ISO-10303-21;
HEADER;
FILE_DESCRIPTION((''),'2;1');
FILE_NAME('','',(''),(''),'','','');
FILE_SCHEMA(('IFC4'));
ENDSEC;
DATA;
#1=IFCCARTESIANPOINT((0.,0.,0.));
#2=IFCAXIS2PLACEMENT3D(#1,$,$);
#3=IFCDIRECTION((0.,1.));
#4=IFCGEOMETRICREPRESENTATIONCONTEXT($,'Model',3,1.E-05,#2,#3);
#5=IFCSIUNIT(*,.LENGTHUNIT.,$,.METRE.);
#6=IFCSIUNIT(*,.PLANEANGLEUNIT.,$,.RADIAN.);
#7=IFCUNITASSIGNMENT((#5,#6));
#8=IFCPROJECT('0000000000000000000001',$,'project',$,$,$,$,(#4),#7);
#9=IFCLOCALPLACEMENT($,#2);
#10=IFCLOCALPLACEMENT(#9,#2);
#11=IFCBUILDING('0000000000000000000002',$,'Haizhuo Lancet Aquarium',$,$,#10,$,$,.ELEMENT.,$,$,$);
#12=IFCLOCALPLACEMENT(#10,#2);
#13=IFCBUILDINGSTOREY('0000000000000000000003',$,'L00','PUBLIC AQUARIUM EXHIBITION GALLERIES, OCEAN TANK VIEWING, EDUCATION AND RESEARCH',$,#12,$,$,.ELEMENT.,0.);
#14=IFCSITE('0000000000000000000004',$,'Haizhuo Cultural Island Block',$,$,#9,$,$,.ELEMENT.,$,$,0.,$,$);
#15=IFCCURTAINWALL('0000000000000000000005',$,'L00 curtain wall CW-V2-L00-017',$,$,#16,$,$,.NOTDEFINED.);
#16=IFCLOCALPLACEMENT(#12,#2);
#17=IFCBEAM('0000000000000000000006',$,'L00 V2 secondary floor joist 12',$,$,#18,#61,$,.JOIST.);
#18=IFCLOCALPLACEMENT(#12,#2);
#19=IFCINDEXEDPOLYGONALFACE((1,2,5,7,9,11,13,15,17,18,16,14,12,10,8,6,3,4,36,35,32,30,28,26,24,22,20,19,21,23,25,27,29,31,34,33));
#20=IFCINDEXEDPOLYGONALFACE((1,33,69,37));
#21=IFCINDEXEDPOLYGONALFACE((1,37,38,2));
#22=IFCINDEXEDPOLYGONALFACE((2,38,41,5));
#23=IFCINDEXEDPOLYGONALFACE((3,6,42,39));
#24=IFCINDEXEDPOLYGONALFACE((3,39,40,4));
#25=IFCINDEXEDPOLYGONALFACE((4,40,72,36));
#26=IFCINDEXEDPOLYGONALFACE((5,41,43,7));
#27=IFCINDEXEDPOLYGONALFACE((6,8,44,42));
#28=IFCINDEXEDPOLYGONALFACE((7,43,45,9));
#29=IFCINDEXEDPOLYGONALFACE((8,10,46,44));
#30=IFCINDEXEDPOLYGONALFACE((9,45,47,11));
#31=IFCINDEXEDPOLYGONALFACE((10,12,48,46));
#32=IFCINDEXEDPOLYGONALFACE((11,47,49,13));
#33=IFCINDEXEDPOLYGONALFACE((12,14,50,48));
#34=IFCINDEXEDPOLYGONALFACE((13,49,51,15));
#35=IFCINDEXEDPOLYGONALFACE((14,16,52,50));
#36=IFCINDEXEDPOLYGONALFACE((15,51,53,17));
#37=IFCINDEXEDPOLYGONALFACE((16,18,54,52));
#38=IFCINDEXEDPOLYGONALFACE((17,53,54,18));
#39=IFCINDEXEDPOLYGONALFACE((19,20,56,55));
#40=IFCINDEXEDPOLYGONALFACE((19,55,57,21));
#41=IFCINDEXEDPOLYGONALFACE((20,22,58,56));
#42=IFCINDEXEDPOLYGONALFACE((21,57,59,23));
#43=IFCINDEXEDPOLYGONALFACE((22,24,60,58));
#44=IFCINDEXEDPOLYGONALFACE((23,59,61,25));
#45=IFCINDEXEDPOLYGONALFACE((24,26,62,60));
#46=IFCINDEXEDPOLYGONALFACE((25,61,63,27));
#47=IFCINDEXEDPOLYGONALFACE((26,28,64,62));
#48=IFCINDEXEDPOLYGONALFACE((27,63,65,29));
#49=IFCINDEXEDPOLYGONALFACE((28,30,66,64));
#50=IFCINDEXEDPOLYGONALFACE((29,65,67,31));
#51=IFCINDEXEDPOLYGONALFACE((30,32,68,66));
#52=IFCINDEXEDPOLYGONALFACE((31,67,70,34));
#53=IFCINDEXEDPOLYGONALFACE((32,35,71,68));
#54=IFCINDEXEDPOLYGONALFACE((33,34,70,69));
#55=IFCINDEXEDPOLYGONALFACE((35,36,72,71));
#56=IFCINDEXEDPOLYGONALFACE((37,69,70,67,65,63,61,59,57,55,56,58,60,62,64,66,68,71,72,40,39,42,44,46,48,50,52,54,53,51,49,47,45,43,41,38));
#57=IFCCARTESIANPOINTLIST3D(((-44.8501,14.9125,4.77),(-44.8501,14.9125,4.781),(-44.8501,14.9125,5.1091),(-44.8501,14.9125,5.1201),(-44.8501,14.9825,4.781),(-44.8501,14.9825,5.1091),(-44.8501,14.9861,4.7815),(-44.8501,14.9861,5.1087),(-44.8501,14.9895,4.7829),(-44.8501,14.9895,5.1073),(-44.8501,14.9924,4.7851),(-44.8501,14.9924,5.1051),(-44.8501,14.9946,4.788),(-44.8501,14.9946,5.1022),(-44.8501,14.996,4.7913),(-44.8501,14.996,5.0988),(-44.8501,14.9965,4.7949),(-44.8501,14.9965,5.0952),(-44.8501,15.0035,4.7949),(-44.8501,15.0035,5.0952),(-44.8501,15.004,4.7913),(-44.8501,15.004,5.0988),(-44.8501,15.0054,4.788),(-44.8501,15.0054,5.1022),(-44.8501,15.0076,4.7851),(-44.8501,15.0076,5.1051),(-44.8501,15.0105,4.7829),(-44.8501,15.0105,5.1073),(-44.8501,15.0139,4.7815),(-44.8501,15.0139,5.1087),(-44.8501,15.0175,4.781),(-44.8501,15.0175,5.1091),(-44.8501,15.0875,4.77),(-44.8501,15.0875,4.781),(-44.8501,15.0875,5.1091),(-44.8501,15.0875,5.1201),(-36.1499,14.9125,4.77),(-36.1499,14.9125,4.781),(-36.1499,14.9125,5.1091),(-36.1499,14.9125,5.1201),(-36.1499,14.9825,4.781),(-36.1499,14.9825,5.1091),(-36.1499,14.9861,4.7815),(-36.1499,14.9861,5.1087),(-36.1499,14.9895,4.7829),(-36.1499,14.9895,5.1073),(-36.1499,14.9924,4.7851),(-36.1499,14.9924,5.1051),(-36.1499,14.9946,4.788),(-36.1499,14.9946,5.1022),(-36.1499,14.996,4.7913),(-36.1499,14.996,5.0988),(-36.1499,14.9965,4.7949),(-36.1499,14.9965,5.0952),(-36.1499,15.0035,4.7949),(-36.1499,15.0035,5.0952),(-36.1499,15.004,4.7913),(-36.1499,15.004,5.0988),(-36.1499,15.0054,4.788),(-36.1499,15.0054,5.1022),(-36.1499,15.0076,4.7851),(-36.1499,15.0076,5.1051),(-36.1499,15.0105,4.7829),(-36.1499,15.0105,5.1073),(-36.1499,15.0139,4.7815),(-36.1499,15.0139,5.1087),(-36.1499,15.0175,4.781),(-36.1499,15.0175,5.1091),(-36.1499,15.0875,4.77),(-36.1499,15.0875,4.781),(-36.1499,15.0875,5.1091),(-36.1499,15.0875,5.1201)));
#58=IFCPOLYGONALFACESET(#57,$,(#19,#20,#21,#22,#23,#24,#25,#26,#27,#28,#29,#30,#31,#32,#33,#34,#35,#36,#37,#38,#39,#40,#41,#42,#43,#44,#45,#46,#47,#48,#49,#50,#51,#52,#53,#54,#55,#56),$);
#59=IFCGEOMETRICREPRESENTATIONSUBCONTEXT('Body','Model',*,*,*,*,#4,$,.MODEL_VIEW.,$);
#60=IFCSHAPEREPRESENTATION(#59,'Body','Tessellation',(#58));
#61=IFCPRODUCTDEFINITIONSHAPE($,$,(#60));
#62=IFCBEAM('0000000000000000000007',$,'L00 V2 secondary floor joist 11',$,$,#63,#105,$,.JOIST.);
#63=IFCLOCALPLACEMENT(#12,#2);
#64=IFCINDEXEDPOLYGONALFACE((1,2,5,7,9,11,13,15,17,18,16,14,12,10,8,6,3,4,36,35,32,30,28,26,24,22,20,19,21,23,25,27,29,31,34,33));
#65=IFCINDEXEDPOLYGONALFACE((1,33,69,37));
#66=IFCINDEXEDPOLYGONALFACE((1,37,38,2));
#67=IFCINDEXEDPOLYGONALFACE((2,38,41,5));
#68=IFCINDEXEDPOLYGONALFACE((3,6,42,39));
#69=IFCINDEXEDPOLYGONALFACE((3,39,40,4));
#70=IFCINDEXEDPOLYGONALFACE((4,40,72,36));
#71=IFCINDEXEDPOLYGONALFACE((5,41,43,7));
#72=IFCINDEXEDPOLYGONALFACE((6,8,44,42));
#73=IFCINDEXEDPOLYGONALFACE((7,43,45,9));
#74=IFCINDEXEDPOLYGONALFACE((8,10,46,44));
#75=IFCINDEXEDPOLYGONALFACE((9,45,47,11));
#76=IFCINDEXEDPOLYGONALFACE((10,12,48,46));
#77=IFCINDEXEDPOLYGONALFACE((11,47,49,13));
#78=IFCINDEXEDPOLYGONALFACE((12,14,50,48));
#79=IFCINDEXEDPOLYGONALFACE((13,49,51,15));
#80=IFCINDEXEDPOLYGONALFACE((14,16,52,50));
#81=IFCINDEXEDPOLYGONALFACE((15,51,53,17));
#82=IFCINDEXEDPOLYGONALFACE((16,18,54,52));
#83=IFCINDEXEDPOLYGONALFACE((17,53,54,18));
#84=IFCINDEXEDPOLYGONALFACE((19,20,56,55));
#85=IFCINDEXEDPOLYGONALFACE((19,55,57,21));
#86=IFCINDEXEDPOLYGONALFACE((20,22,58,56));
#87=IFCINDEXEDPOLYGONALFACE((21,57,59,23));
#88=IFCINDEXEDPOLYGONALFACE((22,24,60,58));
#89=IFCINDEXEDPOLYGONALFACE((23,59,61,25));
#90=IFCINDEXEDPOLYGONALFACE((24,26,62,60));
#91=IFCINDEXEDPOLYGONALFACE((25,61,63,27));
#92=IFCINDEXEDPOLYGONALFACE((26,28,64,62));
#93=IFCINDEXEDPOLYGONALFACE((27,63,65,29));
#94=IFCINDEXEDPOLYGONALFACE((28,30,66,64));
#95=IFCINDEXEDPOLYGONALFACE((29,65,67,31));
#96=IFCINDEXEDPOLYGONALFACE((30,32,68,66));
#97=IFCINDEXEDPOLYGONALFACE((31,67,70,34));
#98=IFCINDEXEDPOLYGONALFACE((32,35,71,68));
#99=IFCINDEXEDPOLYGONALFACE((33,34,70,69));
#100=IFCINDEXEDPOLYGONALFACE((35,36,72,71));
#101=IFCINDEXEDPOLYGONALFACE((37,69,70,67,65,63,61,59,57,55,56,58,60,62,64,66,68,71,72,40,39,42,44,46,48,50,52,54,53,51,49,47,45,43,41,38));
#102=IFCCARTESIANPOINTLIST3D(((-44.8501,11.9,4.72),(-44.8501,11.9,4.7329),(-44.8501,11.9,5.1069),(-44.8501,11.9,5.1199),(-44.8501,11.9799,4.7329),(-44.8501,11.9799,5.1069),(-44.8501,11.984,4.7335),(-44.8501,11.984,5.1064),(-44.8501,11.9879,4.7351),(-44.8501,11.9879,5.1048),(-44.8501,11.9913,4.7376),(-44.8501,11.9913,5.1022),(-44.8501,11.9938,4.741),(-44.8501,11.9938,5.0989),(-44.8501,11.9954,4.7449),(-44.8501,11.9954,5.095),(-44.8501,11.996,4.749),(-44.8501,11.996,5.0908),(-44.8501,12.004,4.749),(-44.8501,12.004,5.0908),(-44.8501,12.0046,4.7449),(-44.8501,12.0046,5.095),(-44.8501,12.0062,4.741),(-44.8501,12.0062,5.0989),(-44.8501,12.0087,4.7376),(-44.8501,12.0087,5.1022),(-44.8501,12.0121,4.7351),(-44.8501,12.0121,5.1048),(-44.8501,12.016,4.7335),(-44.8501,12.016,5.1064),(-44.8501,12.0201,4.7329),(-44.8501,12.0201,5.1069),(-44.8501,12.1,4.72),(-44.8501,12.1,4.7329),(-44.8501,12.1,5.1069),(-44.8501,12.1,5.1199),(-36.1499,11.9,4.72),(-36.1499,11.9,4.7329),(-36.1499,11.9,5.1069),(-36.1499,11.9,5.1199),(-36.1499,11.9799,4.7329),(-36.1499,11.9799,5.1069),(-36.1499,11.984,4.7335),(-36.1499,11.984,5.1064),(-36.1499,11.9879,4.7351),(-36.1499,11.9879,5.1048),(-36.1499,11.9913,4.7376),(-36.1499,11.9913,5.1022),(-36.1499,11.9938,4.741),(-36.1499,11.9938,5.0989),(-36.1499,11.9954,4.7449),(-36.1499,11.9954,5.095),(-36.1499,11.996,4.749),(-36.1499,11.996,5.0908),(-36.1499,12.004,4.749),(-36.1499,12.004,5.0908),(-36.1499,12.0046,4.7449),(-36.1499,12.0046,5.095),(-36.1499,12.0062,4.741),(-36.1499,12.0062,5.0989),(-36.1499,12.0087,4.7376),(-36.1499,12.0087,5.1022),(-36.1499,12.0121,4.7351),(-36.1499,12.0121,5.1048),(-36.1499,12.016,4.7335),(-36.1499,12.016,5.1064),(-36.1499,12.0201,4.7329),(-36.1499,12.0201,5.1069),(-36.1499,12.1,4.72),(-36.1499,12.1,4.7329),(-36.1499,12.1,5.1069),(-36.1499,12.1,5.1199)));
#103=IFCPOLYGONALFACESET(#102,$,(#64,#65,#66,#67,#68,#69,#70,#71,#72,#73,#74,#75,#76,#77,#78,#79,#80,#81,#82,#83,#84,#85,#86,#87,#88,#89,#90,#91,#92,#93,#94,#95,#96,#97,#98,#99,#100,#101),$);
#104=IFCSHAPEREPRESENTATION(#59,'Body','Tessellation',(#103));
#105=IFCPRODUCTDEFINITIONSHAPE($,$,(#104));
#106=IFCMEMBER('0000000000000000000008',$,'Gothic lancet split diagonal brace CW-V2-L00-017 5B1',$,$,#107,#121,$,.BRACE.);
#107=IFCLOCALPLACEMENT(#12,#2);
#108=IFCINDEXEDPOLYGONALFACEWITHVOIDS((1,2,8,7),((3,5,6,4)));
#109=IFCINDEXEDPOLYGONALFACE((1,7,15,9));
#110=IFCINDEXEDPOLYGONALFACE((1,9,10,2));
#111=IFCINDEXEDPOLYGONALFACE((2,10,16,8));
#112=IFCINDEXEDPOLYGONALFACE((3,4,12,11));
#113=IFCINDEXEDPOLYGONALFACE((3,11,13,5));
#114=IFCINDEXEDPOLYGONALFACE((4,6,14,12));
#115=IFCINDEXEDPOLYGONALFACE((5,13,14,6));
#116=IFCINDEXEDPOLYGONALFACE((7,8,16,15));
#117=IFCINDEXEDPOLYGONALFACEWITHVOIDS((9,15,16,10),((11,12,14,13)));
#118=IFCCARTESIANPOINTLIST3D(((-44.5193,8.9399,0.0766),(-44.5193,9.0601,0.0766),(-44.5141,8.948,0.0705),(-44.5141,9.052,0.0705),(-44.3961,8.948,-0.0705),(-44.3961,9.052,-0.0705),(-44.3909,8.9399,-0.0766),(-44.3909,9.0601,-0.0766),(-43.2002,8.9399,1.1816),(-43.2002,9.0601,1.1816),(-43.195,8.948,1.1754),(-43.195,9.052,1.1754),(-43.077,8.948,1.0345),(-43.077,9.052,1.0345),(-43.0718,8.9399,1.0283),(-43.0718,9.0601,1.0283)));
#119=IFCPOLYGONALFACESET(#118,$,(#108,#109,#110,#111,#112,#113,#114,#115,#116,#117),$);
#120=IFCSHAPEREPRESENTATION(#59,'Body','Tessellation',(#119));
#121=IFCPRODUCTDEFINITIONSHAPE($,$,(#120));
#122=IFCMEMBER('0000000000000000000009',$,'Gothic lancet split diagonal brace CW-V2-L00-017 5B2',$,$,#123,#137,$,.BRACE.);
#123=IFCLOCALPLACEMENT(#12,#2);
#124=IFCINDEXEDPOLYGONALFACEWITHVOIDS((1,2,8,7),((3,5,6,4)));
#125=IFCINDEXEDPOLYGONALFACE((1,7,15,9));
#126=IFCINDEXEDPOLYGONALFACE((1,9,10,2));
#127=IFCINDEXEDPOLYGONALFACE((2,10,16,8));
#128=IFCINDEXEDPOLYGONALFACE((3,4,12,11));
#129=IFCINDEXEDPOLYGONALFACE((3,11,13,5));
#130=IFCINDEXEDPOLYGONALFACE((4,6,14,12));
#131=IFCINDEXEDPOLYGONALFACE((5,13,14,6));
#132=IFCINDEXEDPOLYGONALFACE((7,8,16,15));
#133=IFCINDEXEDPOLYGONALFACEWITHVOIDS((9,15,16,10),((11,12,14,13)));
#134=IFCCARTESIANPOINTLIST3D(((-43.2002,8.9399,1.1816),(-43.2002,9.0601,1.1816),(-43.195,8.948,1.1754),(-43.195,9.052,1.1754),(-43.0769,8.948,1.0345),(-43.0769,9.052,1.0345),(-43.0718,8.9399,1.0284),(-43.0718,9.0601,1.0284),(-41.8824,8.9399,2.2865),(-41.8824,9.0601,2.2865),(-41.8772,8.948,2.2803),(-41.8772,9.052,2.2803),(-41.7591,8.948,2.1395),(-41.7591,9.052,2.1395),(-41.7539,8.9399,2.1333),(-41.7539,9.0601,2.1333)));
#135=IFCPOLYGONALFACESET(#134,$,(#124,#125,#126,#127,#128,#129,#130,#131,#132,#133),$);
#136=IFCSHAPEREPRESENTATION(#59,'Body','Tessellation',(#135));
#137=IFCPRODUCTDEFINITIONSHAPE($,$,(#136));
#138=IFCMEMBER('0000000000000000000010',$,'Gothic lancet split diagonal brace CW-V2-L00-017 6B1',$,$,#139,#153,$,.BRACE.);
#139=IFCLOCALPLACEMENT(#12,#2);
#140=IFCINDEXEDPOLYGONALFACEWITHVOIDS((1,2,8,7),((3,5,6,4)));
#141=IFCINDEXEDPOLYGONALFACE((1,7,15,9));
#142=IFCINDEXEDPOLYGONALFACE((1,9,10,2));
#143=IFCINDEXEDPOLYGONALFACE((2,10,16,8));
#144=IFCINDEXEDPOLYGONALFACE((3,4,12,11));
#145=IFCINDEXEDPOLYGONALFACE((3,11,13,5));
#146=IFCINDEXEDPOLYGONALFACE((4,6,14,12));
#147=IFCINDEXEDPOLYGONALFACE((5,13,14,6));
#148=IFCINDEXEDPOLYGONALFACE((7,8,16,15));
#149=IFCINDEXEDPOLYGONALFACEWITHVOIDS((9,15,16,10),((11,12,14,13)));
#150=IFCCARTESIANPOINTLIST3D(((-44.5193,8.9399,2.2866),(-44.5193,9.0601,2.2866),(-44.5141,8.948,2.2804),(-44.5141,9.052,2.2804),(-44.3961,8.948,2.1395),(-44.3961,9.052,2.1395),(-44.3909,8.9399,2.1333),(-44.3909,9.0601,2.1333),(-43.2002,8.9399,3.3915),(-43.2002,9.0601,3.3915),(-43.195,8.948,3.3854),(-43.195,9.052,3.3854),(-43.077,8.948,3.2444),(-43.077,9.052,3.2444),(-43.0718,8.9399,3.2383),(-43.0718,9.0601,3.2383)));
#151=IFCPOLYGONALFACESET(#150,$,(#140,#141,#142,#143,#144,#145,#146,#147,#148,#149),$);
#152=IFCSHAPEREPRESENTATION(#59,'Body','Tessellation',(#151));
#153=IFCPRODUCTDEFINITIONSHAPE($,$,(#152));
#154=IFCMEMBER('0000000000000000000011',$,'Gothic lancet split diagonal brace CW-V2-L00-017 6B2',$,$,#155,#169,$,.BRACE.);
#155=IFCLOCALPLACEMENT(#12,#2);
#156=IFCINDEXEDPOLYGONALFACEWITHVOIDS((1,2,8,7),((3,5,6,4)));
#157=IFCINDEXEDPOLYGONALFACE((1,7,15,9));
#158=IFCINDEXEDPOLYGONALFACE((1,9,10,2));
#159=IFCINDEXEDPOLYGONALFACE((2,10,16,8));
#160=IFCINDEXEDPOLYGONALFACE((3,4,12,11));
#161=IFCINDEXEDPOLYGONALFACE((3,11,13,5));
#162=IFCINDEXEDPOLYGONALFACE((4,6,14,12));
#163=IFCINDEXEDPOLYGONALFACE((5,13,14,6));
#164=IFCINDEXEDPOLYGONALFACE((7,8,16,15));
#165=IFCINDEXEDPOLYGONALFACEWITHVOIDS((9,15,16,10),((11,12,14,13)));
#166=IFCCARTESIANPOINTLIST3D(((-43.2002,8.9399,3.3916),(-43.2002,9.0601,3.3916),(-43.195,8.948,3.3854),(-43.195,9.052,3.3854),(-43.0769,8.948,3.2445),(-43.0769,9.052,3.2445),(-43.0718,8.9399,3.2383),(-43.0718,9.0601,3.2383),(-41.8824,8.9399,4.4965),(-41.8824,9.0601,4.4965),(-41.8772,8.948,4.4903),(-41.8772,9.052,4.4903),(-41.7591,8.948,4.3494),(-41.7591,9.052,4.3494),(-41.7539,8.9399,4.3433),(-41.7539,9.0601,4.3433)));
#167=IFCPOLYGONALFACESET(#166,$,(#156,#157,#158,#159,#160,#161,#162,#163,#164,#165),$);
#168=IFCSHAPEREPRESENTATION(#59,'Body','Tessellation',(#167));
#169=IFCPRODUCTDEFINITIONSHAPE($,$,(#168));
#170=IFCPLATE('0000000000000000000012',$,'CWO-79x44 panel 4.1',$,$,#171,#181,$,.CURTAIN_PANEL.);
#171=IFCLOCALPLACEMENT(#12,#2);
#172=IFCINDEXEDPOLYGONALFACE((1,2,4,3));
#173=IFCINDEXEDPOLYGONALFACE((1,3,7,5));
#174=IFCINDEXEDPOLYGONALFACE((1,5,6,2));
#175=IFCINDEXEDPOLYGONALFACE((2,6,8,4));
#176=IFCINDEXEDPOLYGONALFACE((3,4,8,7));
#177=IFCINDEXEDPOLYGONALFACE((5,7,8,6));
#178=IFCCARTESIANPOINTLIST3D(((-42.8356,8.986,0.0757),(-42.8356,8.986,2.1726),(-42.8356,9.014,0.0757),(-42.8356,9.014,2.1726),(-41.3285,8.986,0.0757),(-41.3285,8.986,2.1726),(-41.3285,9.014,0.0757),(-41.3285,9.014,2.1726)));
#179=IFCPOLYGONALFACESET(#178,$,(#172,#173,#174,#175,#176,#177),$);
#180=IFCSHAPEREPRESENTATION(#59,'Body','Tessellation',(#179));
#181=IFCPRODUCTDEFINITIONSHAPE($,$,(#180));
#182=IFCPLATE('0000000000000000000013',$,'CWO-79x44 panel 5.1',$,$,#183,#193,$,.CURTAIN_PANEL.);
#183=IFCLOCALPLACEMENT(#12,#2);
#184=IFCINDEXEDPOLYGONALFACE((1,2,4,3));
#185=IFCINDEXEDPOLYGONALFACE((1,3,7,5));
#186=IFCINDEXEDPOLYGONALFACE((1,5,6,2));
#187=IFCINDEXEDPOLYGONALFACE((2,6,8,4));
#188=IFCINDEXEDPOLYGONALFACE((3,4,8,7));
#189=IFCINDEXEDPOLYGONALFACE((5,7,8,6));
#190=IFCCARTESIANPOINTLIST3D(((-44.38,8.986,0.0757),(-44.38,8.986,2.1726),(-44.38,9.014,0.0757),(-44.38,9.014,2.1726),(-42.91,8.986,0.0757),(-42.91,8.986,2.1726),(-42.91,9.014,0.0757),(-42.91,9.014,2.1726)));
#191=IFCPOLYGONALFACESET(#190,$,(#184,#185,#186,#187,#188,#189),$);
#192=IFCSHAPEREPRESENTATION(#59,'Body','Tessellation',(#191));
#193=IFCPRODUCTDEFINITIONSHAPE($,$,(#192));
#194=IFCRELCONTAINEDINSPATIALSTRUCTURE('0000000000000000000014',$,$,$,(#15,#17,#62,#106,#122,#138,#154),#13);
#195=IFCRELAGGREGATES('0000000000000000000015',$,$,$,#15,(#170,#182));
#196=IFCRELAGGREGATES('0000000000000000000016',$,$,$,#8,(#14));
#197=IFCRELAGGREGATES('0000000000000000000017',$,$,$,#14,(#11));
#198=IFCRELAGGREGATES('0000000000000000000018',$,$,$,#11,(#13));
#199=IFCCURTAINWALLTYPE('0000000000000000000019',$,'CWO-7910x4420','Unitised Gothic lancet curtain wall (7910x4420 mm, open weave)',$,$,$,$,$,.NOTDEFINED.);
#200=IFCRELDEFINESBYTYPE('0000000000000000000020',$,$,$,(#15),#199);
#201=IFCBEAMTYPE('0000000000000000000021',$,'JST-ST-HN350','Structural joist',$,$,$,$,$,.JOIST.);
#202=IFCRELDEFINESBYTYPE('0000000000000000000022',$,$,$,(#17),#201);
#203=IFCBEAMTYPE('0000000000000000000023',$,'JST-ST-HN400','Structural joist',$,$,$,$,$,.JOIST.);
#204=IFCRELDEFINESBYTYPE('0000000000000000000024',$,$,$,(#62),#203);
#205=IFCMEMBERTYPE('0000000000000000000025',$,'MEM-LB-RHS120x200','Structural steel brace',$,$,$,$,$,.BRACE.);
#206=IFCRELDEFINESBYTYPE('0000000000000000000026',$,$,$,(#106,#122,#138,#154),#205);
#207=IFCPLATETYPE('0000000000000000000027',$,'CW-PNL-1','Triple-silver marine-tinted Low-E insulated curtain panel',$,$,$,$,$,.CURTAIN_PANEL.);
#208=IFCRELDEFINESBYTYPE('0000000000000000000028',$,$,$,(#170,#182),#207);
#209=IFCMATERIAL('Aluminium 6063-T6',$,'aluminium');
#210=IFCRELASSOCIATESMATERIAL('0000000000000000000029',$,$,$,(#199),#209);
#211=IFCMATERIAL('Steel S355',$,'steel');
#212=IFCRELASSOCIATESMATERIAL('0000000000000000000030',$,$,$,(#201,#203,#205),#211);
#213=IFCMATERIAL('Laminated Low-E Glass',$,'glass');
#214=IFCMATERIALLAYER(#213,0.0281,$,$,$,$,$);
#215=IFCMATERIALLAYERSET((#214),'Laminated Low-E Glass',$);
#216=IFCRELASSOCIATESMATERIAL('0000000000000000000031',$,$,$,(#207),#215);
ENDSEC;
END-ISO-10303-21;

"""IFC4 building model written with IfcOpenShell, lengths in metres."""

from ifc_helpers import new_model, si_unit, direction, frame, origin, origin_2d, place, context, subcontext, project, spatial, rectangle, hollow_rectangle, i_section, extrude, material, layer, layer_set, material_profile, profile_set, type_object, element, aggregate, save


model = new_model("IFC4")

# Units and contexts
model_context = context("Model", 3, precision=1e-05, world=origin(), true_north=direction((0.0, 1.0)))
body_context = subcontext(model_context, "Body", "Model", "MODEL_VIEW")
ifc_project = project(units=[si_unit("LENGTHUNIT", "METRE"), si_unit("PLANEANGLEUNIT", "RADIAN")], contexts=[model_context])

# Site, building, storey
site_placement = place(None, origin())
site = spatial("IfcSite", under=ifc_project, at=site_placement, Name="Haizhuo Cultural Island Block", CompositionType="ELEMENT", RefElevation=0.0)
building_placement = place(site_placement, origin())
building = spatial("IfcBuilding", under=site, at=building_placement, Name="Haizhuo Lancet Aquarium", CompositionType="ELEMENT")
storey_placement = place(building_placement, origin())
storey = spatial("IfcBuildingStorey", under=building, at=storey_placement, Name="L00", Description="PUBLIC AQUARIUM EXHIBITION GALLERIES, OCEAN TANK VIEWING, EDUCATION AND RESEARCH", CompositionType="ELEMENT", Elevation=0.0)

# Shared definitions
ifc_material_1 = material(Name="Steel S355", Category="steel")

# Curtain wall
ifc_material_2 = material(Name="Aluminium 6063-T6", Category="aluminium")
curtain_wall_type = type_object("IfcCurtainWallType", Name="CWO-7910x4420", Description="Unitised Gothic lancet curtain wall (7910x4420 mm, open weave)", PredefinedType="NOTDEFINED", material=ifc_material_2)
curtain_wall_placement = place(storey_placement, origin())
curtain_wall = element("IfcCurtainWall", 1, at=curtain_wall_placement, inside=storey, type_object=curtain_wall_type, Name="L00 curtain wall CW-V2-L00-017", PredefinedType="NOTDEFINED")

# Beams
ifc_material_profile_1 = material_profile(ifc_material_1, i_section(OverallWidth=0.175, OverallDepth=0.3501, WebThickness=0.0071, FlangeThickness=0.011, FilletRadius=0.0139, at=origin_2d()), Name="HN 350x175x7x11")
ifc_profile_set_1 = profile_set([ifc_material_profile_1], Name="Steel S355")
beam_type_1 = type_object("IfcBeamType", Name="JST-ST-HN350", Description="Structural joist", PredefinedType="JOIST", material=ifc_profile_set_1)
beam_1_placement = place(storey_placement, frame((-44.8501, 15.0, 4.9451), z_axis=(1.0, 0.0, 0.0), x_axis=(0.0, 1.0, 0.0)))
element("IfcBeam", 2, at=beam_1_placement, inside=storey, type_object=beam_type_1, Name="L00 V2 secondary floor joist 12", PredefinedType="JOIST", context=body_context, shape_type="SweptSolid", body=[
    extrude(i_section(OverallWidth=0.175, OverallDepth=0.3501, WebThickness=0.0071, FlangeThickness=0.011, FilletRadius=0.0139, at=origin_2d()), origin(), (0.0, 0.0, 1.0), 8.7002),
])
ifc_material_profile_2 = material_profile(ifc_material_1, i_section(OverallWidth=0.2, OverallDepth=0.3999, WebThickness=0.0081, FlangeThickness=0.0129, FilletRadius=0.0161, at=origin_2d()), Name="HN 400x200x8x13")
ifc_profile_set_2 = profile_set([ifc_material_profile_2], Name="Steel S355")
beam_type_2 = type_object("IfcBeamType", Name="JST-ST-HN400", Description="Structural joist", PredefinedType="JOIST", material=ifc_profile_set_2)
beam_2_placement = place(storey_placement, frame((-44.8501, 12.0, 4.9199), z_axis=(1.0, 0.0, 0.0), x_axis=(0.0, 1.0, 0.0)))
element("IfcBeam", 3, at=beam_2_placement, inside=storey, type_object=beam_type_2, Name="L00 V2 secondary floor joist 11", PredefinedType="JOIST", context=body_context, shape_type="SweptSolid", body=[
    extrude(i_section(OverallWidth=0.2, OverallDepth=0.3999, WebThickness=0.0081, FlangeThickness=0.0129, FilletRadius=0.0161, at=origin_2d()), origin(), (0.0, 0.0, 1.0), 8.7002),
])

# Members
ifc_material_profile_3 = material_profile(ifc_material_1, hollow_rectangle(XDim=0.1201, YDim=0.2, WallThickness=0.0081, at=origin_2d()), Name="RHS 120x200x8")
ifc_profile_set_3 = profile_set([ifc_material_profile_3], Name="Steel S355")
member_type_1 = type_object("IfcMemberType", Name="MEM-LB-RHS120x200", Description="Structural steel brace", PredefinedType="BRACE", material=ifc_profile_set_3)
member_1_placement = place(storey_placement, frame((-44.4551, 9.0, 0.0), z_axis=(0.766579, 0.0, 0.64215), x_axis=(0.0, 1.0, 0.0)))
element("IfcMember", 4, at=member_1_placement, inside=storey, type_object=member_type_1, Name="Gothic lancet split diagonal brace CW-V2-L00-017 5B1", PredefinedType="BRACE", context=body_context, shape_type="SweptSolid", body=[
    extrude(hollow_rectangle(XDim=0.1201, YDim=0.2, WallThickness=0.0081, at=origin_2d()), origin(), (0.0, 0.0, 1.0), 1.7207),
])
member_2_placement = place(storey_placement, frame((-43.136, 9.0, 1.105), z_axis=(0.766286, 0.0, 0.642499), x_axis=(0.0, 1.0, 0.0)))
element("IfcMember", 5, at=member_2_placement, inside=storey, type_object=member_type_1, Name="Gothic lancet split diagonal brace CW-V2-L00-017 5B2", PredefinedType="BRACE", context=body_context, shape_type="SweptSolid", body=[
    extrude(hollow_rectangle(XDim=0.1201, YDim=0.2, WallThickness=0.0081, at=origin_2d()), origin(), (0.0, 0.0, 1.0), 1.7197),
])
member_3_placement = place(storey_placement, frame((-44.4551, 9.0, 2.21), z_axis=(0.766579, 0.0, 0.64215), x_axis=(0.0, 1.0, 0.0)))
element("IfcMember", 6, at=member_3_placement, inside=storey, type_object=member_type_1, Name="Gothic lancet split diagonal brace CW-V2-L00-017 6B1", PredefinedType="BRACE", context=body_context, shape_type="SweptSolid", body=[
    extrude(hollow_rectangle(XDim=0.1201, YDim=0.2, WallThickness=0.0081, at=origin_2d()), origin(), (0.0, 0.0, 1.0), 1.7207),
])
member_4_placement = place(storey_placement, frame((-43.136, 9.0, 3.3149), z_axis=(0.766286, 0.0, 0.642499), x_axis=(0.0, 1.0, 0.0)))
element("IfcMember", 7, at=member_4_placement, inside=storey, type_object=member_type_1, Name="Gothic lancet split diagonal brace CW-V2-L00-017 6B2", PredefinedType="BRACE", context=body_context, shape_type="SweptSolid", body=[
    extrude(hollow_rectangle(XDim=0.1201, YDim=0.2, WallThickness=0.0081, at=origin_2d()), origin(), (0.0, 0.0, 1.0), 1.7197),
])

# Plates
ifc_material_3 = material(Name="Laminated Low-E Glass", Category="glass")
ifc_layer_1 = layer(ifc_material_3, 0.0281)
ifc_layer_set_1 = layer_set([ifc_layer_1], Name="Laminated Low-E Glass")
plate_type = type_object("IfcPlateType", Name="CW-PNL-1", Description="Triple-silver marine-tinted Low-E insulated curtain panel", PredefinedType="CURTAIN_PANEL", material=ifc_layer_set_1)
plate_1_placement = place(storey_placement, frame((-42.082, 9.0, 0.0757), z_axis=(0.0, 0.0, 1.0), x_axis=(-1.0, 0.0, 0.0)))
plate_1 = element("IfcPlate", 8, at=plate_1_placement, type_object=plate_type, Name="CWO-79x44 panel 4.1", PredefinedType="CURTAIN_PANEL", context=body_context, shape_type="SweptSolid", body=[
    extrude(rectangle(XDim=1.5071, YDim=0.0281, at=origin_2d()), origin(), (0.0, 0.0, 1.0), 2.0969),
])
plate_2_placement = place(storey_placement, frame((-43.645, 9.0, 0.0757), z_axis=(0.0, 0.0, 1.0), x_axis=(-1.0, 0.0, 0.0)))
plate_2 = element("IfcPlate", 9, at=plate_2_placement, type_object=plate_type, Name="CWO-79x44 panel 5.1", PredefinedType="CURTAIN_PANEL", context=body_context, shape_type="SweptSolid", body=[
    extrude(rectangle(XDim=1.47, YDim=0.0281, at=origin_2d()), origin(), (0.0, 0.0, 1.0), 2.0969),
])
aggregate(curtain_wall, [plate_1, plate_2])

save(model, "model.ifc")
